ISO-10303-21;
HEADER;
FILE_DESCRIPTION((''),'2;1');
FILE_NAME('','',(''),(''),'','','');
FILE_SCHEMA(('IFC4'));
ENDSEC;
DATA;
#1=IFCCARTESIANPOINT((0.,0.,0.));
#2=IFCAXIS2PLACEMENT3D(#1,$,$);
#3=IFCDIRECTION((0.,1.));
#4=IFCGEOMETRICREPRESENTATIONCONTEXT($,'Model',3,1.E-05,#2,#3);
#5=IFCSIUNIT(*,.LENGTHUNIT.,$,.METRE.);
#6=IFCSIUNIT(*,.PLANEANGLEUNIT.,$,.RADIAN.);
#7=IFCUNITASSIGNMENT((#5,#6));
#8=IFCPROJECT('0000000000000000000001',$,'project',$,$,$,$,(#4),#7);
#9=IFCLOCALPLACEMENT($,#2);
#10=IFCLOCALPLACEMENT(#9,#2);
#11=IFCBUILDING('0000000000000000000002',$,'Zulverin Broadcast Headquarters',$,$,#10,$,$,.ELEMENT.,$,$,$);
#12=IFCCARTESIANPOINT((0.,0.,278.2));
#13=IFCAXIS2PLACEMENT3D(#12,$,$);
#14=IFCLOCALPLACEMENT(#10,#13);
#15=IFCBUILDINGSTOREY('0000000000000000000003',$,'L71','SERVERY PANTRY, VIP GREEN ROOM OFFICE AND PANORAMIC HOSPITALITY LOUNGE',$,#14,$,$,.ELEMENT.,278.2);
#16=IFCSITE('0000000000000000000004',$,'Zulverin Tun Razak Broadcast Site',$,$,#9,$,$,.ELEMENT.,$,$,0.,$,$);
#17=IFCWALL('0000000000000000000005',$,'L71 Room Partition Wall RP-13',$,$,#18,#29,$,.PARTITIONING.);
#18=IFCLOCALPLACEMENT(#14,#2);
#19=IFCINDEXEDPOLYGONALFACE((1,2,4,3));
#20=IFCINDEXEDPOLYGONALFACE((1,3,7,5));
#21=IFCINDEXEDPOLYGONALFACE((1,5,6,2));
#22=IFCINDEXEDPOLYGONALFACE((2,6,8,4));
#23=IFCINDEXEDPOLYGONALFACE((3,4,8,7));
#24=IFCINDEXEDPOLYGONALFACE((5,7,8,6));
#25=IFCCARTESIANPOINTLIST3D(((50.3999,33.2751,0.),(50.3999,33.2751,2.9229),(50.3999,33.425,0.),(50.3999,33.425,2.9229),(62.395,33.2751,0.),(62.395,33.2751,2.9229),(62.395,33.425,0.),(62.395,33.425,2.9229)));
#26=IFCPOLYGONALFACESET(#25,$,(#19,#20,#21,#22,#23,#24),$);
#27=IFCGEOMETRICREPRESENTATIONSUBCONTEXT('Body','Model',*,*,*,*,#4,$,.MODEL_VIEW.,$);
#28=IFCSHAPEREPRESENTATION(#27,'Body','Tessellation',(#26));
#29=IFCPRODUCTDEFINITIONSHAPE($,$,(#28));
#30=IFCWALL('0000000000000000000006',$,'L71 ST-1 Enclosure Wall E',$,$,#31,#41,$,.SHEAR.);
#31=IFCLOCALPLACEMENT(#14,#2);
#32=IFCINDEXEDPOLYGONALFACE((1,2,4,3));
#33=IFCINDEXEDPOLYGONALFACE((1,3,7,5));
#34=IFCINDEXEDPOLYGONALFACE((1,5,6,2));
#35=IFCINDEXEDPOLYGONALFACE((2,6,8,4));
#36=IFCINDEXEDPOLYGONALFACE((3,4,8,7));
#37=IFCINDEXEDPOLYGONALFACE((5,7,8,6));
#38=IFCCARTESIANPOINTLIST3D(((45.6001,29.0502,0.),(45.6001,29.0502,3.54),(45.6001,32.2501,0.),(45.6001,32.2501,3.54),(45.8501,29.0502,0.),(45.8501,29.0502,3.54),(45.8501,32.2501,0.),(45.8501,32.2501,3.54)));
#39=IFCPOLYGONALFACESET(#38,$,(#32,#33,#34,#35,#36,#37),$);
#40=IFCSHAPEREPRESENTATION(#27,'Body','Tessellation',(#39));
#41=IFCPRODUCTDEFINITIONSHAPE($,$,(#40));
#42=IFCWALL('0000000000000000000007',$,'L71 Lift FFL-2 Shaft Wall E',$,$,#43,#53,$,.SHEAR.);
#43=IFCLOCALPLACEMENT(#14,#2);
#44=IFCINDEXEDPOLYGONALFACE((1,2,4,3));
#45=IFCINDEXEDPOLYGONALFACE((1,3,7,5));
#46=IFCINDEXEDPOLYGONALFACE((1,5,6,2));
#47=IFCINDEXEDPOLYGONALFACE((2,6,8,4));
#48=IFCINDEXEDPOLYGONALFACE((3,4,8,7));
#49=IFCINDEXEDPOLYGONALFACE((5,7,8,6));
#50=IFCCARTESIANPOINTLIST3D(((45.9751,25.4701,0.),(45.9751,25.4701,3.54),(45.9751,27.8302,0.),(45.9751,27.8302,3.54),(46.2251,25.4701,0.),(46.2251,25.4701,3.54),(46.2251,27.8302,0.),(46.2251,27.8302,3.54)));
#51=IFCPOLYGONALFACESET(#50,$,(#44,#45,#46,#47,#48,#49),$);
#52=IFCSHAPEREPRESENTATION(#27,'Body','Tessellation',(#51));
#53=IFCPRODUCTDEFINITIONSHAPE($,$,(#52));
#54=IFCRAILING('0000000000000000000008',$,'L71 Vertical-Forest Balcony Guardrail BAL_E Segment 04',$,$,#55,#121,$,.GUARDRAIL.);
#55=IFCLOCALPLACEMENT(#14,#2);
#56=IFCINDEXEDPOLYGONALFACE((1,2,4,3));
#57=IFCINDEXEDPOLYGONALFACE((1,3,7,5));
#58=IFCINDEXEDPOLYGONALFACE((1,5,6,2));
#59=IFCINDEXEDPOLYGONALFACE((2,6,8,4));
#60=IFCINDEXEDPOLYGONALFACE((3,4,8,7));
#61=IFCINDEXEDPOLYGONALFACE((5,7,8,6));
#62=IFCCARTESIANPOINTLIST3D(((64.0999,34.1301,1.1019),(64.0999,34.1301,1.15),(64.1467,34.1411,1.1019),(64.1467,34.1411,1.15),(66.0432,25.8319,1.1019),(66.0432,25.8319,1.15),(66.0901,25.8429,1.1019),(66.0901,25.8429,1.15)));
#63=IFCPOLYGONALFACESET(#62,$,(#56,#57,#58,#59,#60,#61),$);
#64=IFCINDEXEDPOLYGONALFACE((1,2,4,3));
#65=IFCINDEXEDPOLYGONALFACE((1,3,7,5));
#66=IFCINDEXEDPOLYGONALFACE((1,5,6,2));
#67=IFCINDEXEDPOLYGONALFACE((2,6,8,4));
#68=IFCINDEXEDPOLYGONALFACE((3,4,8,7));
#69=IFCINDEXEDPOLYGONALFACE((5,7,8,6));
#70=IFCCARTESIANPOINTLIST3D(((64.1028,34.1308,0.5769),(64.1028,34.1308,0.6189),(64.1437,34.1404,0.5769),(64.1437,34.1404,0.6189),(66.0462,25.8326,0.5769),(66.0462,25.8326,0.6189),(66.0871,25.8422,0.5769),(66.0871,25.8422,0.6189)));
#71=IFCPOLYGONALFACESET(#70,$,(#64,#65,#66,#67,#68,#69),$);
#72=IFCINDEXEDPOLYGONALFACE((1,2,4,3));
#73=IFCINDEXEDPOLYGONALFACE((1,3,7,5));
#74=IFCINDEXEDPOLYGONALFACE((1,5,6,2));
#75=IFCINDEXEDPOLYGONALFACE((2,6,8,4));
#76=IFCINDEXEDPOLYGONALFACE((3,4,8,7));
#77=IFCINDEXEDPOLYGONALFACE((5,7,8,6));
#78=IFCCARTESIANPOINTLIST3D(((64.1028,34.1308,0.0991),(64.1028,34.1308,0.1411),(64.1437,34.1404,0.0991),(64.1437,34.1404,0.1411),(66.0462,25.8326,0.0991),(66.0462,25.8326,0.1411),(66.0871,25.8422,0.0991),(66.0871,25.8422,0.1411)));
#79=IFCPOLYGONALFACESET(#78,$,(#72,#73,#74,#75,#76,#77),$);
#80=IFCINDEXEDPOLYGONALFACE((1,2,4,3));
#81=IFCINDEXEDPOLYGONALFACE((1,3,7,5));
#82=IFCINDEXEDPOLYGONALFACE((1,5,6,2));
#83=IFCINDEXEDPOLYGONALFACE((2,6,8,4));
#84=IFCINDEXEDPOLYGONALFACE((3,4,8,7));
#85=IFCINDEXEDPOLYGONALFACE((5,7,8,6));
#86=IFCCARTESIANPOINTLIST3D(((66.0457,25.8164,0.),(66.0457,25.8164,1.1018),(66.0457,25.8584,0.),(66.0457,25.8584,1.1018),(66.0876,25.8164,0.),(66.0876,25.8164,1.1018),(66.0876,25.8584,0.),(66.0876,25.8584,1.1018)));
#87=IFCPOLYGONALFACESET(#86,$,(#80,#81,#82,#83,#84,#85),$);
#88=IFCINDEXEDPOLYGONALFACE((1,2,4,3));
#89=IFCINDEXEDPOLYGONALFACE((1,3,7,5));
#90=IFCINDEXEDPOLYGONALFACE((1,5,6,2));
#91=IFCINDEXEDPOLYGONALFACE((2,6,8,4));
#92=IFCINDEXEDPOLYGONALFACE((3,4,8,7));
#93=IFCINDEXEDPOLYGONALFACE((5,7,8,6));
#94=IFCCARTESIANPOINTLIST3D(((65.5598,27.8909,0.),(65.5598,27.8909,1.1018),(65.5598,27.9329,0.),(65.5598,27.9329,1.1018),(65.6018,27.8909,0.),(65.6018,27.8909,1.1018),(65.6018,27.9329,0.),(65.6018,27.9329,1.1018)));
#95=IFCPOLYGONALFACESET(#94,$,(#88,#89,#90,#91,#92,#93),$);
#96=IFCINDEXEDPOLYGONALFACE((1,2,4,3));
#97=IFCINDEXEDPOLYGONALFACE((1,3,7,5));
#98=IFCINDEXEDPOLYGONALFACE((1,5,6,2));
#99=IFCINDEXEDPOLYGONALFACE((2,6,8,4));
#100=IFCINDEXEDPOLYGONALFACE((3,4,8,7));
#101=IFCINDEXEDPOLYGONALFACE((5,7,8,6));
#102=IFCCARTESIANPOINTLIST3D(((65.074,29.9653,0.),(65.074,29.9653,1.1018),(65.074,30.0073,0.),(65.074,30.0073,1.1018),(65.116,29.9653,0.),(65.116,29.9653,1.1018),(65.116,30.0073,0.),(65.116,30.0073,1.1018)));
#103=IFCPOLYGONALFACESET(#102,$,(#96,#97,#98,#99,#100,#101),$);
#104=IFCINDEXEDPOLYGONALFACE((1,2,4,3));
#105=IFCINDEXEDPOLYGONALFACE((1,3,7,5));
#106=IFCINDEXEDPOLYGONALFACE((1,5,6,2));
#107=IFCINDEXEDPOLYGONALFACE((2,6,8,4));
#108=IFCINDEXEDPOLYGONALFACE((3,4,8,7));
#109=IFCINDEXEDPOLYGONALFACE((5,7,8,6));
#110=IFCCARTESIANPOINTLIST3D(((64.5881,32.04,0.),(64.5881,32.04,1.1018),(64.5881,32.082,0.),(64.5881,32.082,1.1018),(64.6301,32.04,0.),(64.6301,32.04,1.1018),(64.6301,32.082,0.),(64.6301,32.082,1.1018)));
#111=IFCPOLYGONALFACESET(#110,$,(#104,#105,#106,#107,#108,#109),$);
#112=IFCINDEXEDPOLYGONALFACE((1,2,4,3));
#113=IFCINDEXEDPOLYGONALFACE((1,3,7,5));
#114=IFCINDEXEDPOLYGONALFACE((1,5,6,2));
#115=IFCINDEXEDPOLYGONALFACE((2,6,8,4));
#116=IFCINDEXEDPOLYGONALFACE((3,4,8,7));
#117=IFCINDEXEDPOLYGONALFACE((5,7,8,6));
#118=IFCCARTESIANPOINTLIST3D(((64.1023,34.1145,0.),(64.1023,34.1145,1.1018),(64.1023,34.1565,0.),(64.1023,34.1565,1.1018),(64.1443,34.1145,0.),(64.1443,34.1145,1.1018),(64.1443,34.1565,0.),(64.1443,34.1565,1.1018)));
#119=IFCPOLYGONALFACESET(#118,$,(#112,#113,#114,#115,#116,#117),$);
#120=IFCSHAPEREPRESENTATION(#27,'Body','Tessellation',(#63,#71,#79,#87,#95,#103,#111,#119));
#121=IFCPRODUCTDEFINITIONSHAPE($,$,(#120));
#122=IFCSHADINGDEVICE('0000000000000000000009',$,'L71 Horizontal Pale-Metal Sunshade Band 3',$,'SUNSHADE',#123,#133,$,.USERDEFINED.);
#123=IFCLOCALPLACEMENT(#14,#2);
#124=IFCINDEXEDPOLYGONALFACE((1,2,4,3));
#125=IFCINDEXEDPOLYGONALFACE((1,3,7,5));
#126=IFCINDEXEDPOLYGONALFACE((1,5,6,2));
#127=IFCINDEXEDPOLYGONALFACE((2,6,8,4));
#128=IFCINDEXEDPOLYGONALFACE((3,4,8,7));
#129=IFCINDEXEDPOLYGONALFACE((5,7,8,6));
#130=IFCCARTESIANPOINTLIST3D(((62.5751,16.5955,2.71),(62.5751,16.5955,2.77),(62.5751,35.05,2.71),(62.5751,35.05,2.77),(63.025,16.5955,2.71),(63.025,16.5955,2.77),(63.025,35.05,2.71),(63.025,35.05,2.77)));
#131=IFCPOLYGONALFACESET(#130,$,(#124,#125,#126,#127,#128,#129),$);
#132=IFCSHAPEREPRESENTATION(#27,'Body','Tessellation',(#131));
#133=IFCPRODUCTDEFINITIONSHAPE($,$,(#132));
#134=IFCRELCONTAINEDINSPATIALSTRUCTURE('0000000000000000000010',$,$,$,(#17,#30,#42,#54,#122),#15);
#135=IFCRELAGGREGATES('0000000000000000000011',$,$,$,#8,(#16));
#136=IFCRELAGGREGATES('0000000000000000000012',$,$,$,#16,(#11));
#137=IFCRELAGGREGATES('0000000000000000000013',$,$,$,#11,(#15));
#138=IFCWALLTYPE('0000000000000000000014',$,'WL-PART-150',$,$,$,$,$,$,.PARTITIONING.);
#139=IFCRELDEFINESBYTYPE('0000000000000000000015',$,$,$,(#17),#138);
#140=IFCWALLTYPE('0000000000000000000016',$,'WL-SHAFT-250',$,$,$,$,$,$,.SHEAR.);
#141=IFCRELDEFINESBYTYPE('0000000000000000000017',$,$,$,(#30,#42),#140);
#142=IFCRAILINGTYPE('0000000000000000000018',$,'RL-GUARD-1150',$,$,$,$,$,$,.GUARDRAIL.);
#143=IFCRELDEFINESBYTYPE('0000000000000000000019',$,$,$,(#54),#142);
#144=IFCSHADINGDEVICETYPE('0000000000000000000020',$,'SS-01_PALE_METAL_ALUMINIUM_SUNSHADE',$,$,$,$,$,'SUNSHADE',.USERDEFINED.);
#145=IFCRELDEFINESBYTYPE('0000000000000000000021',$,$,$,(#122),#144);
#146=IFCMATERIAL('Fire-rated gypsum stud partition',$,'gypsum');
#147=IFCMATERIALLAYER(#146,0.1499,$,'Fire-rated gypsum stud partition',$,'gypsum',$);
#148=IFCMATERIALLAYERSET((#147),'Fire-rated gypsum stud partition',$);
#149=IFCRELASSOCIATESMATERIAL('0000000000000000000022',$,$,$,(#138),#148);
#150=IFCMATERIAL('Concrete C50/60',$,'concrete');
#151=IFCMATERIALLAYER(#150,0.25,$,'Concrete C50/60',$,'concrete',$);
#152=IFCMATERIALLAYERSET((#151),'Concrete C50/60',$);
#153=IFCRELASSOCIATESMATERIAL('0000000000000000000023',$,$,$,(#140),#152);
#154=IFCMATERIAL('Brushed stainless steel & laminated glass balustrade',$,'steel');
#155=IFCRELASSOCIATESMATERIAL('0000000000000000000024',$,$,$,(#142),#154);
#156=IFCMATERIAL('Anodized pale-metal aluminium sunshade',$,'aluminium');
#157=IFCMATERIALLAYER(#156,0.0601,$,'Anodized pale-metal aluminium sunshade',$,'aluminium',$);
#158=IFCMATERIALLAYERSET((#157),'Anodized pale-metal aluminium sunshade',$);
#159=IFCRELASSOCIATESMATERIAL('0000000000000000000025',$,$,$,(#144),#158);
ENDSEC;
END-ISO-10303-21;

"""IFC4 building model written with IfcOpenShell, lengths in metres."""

from ifc_helpers import new_model, si_unit, direction, frame, frame_2d, origin, origin_2d, place, context, subcontext, project, spatial, rectangle, extrude, material, layer, layer_set, type_object, element, save


model = new_model("IFC4")

# Units and contexts
model_context = context("Model", 3, precision=1e-05, world=origin(), true_north=direction((0.0, 1.0)))
body_context = subcontext(model_context, "Body", "Model", "MODEL_VIEW")
ifc_project = project(units=[si_unit("LENGTHUNIT", "METRE"), si_unit("PLANEANGLEUNIT", "RADIAN")], contexts=[model_context])

# Site, building, storey
site_placement = place(None, origin())
site = spatial("IfcSite", under=ifc_project, at=site_placement, Name="Zulverin Tun Razak Broadcast Site", CompositionType="ELEMENT", RefElevation=0.0)
building_placement = place(site_placement, origin())
building = spatial("IfcBuilding", under=site, at=building_placement, Name="Zulverin Broadcast Headquarters", CompositionType="ELEMENT")
storey_placement = place(building_placement, frame((0.0, 0.0, 278.2)))
storey = spatial("IfcBuildingStorey", under=building, at=storey_placement, Name="L71", Description="SERVERY PANTRY, VIP GREEN ROOM OFFICE AND PANORAMIC HOSPITALITY LOUNGE", CompositionType="ELEMENT", Elevation=278.2)

# Shared definitions
ifc_material_1 = material(Name="Concrete C50/60", Category="concrete")

# Walls
ifc_material_2 = material(Name="Fire-rated gypsum stud partition", Category="gypsum")
ifc_layer_1 = layer(ifc_material_2, 0.1499, Name="Fire-rated gypsum stud partition", Category="gypsum")
ifc_layer_set_1 = layer_set([ifc_layer_1], Name="Fire-rated gypsum stud partition")
wall_type_1 = type_object("IfcWallType", Name="WL-PART-150", PredefinedType="PARTITIONING", material=ifc_layer_set_1)
wall_1_placement = place(storey_placement, frame((50.3999, 33.3501, 0.0), z_axis=(0.0, 0.0, 1.0), x_axis=(1.0, 0.0, 0.0)))
element("IfcWall", 1, at=wall_1_placement, inside=storey, type_object=wall_type_1, Name="L71 Room Partition Wall RP-13", PredefinedType="PARTITIONING", context=body_context, shape_type="SweptSolid", body=[
    extrude(rectangle(XDim=11.9951, YDim=0.1499, at=frame_2d((5.9976, 0.0))), origin(), (0.0, 0.0, 1.0), 2.9229),
])
ifc_layer_2 = layer(ifc_material_1, 0.25, Name="Concrete C50/60", Category="concrete")
ifc_layer_set_2 = layer_set([ifc_layer_2], Name="Concrete C50/60")
wall_type_2 = type_object("IfcWallType", Name="WL-SHAFT-250", PredefinedType="SHEAR", material=ifc_layer_set_2)
wall_2_placement = place(storey_placement, frame((45.7251, 29.05, 0.0), z_axis=(0.0, 0.0, 1.0), x_axis=(0.0, 1.0, 0.0)))
element("IfcWall", 2, at=wall_2_placement, inside=storey, type_object=wall_type_2, Name="L71 ST-1 Enclosure Wall E", PredefinedType="SHEAR", context=body_context, shape_type="SweptSolid", body=[
    extrude(rectangle(XDim=3.2, YDim=0.25, at=frame_2d((1.6001, 0.0))), origin(), (0.0, 0.0, 1.0), 3.54),
])
wall_3_placement = place(storey_placement, frame((46.1001, 25.47, 0.0), z_axis=(0.0, 0.0, 1.0), x_axis=(0.0, 1.0, 0.0)))
element("IfcWall", 3, at=wall_3_placement, inside=storey, type_object=wall_type_2, Name="L71 Lift FFL-2 Shaft Wall E", PredefinedType="SHEAR", context=body_context, shape_type="SweptSolid", body=[
    extrude(rectangle(XDim=2.3601, YDim=0.25, at=frame_2d((1.1802, 0.0))), origin(), (0.0, 0.0, 1.0), 3.54),
])

# Railing
ifc_material_3 = material(Name="Brushed stainless steel & laminated glass balustrade", Category="steel")
railing_type = type_object("IfcRailingType", Name="RL-GUARD-1150", PredefinedType="GUARDRAIL", material=ifc_material_3)
railing_placement = place(storey_placement, frame((66.0667, 25.8374, 0.0)))
element("IfcRailing", 4, at=railing_placement, inside=storey, type_object=railing_type, Name="L71 Vertical-Forest Balcony Guardrail BAL_E Segment 04", PredefinedType="GUARDRAIL", context=body_context, shape_type="SweptSolid", body=[
    extrude(rectangle(XDim=0.0481, YDim=0.0481, at=origin_2d()), frame((0.0, 0.0, 1.126), z_axis=(-0.228024, 0.973656, 0.0), x_axis=(-0.973656, -0.228024, 0.0)), (0.0, 0.0, 1.0), 8.5227),
    extrude(rectangle(XDim=0.042, YDim=0.042, at=origin_2d()), frame((0.0, 0.0, 0.5979), z_axis=(-0.228024, 0.973656, 0.0), x_axis=(-0.973656, -0.228024, 0.0)), (0.0, 0.0, 1.0), 8.5227),
    extrude(rectangle(XDim=0.042, YDim=0.042, at=origin_2d()), frame((0.0, 0.0, 0.1201), z_axis=(-0.228024, 0.973656, 0.0), x_axis=(-0.973656, -0.228024, 0.0)), (0.0, 0.0, 1.0), 8.5227),
    extrude(rectangle(XDim=0.042, YDim=0.042, at=origin_2d()), origin(), (0.0, 0.0, 1.0), 1.1018),
    extrude(rectangle(XDim=0.042, YDim=0.042, at=origin_2d()), frame((-0.4858, 2.0745, 0.0)), (0.0, 0.0, 1.0), 1.1018),
    extrude(rectangle(XDim=0.042, YDim=0.042, at=origin_2d()), frame((-0.9717, 4.1489, 0.0)), (0.0, 0.0, 1.0), 1.1018),
    extrude(rectangle(XDim=0.042, YDim=0.042, at=origin_2d()), frame((-1.4575, 6.2236, 0.0)), (0.0, 0.0, 1.0), 1.1018),
    extrude(rectangle(XDim=0.042, YDim=0.042, at=origin_2d()), frame((-1.9434, 8.2981, 0.0)), (0.0, 0.0, 1.0), 1.1018),
])

# Shading device
ifc_material_4 = material(Name="Anodized pale-metal aluminium sunshade", Category="aluminium")
ifc_layer_3 = layer(ifc_material_4, 0.0601, Name="Anodized pale-metal aluminium sunshade", Category="aluminium")
ifc_layer_set_3 = layer_set([ifc_layer_3], Name="Anodized pale-metal aluminium sunshade")
shading_device_type = type_object("IfcShadingDeviceType", Name="SS-01_PALE_METAL_ALUMINIUM_SUNSHADE", ElementType="SUNSHADE", PredefinedType="USERDEFINED", material=ifc_layer_set_3)
shading_device_placement = place(storey_placement, frame((62.8, 25.8228, 2.71), z_axis=(0.0, 0.0, 1.0), x_axis=(0.0, 1.0, 0.0)))
element("IfcShadingDevice", 5, at=shading_device_placement, inside=storey, type_object=shading_device_type, Name="L71 Horizontal Pale-Metal Sunshade Band 3", ObjectType="SUNSHADE", PredefinedType="USERDEFINED", context=body_context, shape_type="SweptSolid", body=[
    extrude(rectangle(XDim=18.4546, YDim=0.45, at=origin_2d()), origin(), (0.0, 0.0, 1.0), 0.0601),
])

save(model, "model.ifc")
